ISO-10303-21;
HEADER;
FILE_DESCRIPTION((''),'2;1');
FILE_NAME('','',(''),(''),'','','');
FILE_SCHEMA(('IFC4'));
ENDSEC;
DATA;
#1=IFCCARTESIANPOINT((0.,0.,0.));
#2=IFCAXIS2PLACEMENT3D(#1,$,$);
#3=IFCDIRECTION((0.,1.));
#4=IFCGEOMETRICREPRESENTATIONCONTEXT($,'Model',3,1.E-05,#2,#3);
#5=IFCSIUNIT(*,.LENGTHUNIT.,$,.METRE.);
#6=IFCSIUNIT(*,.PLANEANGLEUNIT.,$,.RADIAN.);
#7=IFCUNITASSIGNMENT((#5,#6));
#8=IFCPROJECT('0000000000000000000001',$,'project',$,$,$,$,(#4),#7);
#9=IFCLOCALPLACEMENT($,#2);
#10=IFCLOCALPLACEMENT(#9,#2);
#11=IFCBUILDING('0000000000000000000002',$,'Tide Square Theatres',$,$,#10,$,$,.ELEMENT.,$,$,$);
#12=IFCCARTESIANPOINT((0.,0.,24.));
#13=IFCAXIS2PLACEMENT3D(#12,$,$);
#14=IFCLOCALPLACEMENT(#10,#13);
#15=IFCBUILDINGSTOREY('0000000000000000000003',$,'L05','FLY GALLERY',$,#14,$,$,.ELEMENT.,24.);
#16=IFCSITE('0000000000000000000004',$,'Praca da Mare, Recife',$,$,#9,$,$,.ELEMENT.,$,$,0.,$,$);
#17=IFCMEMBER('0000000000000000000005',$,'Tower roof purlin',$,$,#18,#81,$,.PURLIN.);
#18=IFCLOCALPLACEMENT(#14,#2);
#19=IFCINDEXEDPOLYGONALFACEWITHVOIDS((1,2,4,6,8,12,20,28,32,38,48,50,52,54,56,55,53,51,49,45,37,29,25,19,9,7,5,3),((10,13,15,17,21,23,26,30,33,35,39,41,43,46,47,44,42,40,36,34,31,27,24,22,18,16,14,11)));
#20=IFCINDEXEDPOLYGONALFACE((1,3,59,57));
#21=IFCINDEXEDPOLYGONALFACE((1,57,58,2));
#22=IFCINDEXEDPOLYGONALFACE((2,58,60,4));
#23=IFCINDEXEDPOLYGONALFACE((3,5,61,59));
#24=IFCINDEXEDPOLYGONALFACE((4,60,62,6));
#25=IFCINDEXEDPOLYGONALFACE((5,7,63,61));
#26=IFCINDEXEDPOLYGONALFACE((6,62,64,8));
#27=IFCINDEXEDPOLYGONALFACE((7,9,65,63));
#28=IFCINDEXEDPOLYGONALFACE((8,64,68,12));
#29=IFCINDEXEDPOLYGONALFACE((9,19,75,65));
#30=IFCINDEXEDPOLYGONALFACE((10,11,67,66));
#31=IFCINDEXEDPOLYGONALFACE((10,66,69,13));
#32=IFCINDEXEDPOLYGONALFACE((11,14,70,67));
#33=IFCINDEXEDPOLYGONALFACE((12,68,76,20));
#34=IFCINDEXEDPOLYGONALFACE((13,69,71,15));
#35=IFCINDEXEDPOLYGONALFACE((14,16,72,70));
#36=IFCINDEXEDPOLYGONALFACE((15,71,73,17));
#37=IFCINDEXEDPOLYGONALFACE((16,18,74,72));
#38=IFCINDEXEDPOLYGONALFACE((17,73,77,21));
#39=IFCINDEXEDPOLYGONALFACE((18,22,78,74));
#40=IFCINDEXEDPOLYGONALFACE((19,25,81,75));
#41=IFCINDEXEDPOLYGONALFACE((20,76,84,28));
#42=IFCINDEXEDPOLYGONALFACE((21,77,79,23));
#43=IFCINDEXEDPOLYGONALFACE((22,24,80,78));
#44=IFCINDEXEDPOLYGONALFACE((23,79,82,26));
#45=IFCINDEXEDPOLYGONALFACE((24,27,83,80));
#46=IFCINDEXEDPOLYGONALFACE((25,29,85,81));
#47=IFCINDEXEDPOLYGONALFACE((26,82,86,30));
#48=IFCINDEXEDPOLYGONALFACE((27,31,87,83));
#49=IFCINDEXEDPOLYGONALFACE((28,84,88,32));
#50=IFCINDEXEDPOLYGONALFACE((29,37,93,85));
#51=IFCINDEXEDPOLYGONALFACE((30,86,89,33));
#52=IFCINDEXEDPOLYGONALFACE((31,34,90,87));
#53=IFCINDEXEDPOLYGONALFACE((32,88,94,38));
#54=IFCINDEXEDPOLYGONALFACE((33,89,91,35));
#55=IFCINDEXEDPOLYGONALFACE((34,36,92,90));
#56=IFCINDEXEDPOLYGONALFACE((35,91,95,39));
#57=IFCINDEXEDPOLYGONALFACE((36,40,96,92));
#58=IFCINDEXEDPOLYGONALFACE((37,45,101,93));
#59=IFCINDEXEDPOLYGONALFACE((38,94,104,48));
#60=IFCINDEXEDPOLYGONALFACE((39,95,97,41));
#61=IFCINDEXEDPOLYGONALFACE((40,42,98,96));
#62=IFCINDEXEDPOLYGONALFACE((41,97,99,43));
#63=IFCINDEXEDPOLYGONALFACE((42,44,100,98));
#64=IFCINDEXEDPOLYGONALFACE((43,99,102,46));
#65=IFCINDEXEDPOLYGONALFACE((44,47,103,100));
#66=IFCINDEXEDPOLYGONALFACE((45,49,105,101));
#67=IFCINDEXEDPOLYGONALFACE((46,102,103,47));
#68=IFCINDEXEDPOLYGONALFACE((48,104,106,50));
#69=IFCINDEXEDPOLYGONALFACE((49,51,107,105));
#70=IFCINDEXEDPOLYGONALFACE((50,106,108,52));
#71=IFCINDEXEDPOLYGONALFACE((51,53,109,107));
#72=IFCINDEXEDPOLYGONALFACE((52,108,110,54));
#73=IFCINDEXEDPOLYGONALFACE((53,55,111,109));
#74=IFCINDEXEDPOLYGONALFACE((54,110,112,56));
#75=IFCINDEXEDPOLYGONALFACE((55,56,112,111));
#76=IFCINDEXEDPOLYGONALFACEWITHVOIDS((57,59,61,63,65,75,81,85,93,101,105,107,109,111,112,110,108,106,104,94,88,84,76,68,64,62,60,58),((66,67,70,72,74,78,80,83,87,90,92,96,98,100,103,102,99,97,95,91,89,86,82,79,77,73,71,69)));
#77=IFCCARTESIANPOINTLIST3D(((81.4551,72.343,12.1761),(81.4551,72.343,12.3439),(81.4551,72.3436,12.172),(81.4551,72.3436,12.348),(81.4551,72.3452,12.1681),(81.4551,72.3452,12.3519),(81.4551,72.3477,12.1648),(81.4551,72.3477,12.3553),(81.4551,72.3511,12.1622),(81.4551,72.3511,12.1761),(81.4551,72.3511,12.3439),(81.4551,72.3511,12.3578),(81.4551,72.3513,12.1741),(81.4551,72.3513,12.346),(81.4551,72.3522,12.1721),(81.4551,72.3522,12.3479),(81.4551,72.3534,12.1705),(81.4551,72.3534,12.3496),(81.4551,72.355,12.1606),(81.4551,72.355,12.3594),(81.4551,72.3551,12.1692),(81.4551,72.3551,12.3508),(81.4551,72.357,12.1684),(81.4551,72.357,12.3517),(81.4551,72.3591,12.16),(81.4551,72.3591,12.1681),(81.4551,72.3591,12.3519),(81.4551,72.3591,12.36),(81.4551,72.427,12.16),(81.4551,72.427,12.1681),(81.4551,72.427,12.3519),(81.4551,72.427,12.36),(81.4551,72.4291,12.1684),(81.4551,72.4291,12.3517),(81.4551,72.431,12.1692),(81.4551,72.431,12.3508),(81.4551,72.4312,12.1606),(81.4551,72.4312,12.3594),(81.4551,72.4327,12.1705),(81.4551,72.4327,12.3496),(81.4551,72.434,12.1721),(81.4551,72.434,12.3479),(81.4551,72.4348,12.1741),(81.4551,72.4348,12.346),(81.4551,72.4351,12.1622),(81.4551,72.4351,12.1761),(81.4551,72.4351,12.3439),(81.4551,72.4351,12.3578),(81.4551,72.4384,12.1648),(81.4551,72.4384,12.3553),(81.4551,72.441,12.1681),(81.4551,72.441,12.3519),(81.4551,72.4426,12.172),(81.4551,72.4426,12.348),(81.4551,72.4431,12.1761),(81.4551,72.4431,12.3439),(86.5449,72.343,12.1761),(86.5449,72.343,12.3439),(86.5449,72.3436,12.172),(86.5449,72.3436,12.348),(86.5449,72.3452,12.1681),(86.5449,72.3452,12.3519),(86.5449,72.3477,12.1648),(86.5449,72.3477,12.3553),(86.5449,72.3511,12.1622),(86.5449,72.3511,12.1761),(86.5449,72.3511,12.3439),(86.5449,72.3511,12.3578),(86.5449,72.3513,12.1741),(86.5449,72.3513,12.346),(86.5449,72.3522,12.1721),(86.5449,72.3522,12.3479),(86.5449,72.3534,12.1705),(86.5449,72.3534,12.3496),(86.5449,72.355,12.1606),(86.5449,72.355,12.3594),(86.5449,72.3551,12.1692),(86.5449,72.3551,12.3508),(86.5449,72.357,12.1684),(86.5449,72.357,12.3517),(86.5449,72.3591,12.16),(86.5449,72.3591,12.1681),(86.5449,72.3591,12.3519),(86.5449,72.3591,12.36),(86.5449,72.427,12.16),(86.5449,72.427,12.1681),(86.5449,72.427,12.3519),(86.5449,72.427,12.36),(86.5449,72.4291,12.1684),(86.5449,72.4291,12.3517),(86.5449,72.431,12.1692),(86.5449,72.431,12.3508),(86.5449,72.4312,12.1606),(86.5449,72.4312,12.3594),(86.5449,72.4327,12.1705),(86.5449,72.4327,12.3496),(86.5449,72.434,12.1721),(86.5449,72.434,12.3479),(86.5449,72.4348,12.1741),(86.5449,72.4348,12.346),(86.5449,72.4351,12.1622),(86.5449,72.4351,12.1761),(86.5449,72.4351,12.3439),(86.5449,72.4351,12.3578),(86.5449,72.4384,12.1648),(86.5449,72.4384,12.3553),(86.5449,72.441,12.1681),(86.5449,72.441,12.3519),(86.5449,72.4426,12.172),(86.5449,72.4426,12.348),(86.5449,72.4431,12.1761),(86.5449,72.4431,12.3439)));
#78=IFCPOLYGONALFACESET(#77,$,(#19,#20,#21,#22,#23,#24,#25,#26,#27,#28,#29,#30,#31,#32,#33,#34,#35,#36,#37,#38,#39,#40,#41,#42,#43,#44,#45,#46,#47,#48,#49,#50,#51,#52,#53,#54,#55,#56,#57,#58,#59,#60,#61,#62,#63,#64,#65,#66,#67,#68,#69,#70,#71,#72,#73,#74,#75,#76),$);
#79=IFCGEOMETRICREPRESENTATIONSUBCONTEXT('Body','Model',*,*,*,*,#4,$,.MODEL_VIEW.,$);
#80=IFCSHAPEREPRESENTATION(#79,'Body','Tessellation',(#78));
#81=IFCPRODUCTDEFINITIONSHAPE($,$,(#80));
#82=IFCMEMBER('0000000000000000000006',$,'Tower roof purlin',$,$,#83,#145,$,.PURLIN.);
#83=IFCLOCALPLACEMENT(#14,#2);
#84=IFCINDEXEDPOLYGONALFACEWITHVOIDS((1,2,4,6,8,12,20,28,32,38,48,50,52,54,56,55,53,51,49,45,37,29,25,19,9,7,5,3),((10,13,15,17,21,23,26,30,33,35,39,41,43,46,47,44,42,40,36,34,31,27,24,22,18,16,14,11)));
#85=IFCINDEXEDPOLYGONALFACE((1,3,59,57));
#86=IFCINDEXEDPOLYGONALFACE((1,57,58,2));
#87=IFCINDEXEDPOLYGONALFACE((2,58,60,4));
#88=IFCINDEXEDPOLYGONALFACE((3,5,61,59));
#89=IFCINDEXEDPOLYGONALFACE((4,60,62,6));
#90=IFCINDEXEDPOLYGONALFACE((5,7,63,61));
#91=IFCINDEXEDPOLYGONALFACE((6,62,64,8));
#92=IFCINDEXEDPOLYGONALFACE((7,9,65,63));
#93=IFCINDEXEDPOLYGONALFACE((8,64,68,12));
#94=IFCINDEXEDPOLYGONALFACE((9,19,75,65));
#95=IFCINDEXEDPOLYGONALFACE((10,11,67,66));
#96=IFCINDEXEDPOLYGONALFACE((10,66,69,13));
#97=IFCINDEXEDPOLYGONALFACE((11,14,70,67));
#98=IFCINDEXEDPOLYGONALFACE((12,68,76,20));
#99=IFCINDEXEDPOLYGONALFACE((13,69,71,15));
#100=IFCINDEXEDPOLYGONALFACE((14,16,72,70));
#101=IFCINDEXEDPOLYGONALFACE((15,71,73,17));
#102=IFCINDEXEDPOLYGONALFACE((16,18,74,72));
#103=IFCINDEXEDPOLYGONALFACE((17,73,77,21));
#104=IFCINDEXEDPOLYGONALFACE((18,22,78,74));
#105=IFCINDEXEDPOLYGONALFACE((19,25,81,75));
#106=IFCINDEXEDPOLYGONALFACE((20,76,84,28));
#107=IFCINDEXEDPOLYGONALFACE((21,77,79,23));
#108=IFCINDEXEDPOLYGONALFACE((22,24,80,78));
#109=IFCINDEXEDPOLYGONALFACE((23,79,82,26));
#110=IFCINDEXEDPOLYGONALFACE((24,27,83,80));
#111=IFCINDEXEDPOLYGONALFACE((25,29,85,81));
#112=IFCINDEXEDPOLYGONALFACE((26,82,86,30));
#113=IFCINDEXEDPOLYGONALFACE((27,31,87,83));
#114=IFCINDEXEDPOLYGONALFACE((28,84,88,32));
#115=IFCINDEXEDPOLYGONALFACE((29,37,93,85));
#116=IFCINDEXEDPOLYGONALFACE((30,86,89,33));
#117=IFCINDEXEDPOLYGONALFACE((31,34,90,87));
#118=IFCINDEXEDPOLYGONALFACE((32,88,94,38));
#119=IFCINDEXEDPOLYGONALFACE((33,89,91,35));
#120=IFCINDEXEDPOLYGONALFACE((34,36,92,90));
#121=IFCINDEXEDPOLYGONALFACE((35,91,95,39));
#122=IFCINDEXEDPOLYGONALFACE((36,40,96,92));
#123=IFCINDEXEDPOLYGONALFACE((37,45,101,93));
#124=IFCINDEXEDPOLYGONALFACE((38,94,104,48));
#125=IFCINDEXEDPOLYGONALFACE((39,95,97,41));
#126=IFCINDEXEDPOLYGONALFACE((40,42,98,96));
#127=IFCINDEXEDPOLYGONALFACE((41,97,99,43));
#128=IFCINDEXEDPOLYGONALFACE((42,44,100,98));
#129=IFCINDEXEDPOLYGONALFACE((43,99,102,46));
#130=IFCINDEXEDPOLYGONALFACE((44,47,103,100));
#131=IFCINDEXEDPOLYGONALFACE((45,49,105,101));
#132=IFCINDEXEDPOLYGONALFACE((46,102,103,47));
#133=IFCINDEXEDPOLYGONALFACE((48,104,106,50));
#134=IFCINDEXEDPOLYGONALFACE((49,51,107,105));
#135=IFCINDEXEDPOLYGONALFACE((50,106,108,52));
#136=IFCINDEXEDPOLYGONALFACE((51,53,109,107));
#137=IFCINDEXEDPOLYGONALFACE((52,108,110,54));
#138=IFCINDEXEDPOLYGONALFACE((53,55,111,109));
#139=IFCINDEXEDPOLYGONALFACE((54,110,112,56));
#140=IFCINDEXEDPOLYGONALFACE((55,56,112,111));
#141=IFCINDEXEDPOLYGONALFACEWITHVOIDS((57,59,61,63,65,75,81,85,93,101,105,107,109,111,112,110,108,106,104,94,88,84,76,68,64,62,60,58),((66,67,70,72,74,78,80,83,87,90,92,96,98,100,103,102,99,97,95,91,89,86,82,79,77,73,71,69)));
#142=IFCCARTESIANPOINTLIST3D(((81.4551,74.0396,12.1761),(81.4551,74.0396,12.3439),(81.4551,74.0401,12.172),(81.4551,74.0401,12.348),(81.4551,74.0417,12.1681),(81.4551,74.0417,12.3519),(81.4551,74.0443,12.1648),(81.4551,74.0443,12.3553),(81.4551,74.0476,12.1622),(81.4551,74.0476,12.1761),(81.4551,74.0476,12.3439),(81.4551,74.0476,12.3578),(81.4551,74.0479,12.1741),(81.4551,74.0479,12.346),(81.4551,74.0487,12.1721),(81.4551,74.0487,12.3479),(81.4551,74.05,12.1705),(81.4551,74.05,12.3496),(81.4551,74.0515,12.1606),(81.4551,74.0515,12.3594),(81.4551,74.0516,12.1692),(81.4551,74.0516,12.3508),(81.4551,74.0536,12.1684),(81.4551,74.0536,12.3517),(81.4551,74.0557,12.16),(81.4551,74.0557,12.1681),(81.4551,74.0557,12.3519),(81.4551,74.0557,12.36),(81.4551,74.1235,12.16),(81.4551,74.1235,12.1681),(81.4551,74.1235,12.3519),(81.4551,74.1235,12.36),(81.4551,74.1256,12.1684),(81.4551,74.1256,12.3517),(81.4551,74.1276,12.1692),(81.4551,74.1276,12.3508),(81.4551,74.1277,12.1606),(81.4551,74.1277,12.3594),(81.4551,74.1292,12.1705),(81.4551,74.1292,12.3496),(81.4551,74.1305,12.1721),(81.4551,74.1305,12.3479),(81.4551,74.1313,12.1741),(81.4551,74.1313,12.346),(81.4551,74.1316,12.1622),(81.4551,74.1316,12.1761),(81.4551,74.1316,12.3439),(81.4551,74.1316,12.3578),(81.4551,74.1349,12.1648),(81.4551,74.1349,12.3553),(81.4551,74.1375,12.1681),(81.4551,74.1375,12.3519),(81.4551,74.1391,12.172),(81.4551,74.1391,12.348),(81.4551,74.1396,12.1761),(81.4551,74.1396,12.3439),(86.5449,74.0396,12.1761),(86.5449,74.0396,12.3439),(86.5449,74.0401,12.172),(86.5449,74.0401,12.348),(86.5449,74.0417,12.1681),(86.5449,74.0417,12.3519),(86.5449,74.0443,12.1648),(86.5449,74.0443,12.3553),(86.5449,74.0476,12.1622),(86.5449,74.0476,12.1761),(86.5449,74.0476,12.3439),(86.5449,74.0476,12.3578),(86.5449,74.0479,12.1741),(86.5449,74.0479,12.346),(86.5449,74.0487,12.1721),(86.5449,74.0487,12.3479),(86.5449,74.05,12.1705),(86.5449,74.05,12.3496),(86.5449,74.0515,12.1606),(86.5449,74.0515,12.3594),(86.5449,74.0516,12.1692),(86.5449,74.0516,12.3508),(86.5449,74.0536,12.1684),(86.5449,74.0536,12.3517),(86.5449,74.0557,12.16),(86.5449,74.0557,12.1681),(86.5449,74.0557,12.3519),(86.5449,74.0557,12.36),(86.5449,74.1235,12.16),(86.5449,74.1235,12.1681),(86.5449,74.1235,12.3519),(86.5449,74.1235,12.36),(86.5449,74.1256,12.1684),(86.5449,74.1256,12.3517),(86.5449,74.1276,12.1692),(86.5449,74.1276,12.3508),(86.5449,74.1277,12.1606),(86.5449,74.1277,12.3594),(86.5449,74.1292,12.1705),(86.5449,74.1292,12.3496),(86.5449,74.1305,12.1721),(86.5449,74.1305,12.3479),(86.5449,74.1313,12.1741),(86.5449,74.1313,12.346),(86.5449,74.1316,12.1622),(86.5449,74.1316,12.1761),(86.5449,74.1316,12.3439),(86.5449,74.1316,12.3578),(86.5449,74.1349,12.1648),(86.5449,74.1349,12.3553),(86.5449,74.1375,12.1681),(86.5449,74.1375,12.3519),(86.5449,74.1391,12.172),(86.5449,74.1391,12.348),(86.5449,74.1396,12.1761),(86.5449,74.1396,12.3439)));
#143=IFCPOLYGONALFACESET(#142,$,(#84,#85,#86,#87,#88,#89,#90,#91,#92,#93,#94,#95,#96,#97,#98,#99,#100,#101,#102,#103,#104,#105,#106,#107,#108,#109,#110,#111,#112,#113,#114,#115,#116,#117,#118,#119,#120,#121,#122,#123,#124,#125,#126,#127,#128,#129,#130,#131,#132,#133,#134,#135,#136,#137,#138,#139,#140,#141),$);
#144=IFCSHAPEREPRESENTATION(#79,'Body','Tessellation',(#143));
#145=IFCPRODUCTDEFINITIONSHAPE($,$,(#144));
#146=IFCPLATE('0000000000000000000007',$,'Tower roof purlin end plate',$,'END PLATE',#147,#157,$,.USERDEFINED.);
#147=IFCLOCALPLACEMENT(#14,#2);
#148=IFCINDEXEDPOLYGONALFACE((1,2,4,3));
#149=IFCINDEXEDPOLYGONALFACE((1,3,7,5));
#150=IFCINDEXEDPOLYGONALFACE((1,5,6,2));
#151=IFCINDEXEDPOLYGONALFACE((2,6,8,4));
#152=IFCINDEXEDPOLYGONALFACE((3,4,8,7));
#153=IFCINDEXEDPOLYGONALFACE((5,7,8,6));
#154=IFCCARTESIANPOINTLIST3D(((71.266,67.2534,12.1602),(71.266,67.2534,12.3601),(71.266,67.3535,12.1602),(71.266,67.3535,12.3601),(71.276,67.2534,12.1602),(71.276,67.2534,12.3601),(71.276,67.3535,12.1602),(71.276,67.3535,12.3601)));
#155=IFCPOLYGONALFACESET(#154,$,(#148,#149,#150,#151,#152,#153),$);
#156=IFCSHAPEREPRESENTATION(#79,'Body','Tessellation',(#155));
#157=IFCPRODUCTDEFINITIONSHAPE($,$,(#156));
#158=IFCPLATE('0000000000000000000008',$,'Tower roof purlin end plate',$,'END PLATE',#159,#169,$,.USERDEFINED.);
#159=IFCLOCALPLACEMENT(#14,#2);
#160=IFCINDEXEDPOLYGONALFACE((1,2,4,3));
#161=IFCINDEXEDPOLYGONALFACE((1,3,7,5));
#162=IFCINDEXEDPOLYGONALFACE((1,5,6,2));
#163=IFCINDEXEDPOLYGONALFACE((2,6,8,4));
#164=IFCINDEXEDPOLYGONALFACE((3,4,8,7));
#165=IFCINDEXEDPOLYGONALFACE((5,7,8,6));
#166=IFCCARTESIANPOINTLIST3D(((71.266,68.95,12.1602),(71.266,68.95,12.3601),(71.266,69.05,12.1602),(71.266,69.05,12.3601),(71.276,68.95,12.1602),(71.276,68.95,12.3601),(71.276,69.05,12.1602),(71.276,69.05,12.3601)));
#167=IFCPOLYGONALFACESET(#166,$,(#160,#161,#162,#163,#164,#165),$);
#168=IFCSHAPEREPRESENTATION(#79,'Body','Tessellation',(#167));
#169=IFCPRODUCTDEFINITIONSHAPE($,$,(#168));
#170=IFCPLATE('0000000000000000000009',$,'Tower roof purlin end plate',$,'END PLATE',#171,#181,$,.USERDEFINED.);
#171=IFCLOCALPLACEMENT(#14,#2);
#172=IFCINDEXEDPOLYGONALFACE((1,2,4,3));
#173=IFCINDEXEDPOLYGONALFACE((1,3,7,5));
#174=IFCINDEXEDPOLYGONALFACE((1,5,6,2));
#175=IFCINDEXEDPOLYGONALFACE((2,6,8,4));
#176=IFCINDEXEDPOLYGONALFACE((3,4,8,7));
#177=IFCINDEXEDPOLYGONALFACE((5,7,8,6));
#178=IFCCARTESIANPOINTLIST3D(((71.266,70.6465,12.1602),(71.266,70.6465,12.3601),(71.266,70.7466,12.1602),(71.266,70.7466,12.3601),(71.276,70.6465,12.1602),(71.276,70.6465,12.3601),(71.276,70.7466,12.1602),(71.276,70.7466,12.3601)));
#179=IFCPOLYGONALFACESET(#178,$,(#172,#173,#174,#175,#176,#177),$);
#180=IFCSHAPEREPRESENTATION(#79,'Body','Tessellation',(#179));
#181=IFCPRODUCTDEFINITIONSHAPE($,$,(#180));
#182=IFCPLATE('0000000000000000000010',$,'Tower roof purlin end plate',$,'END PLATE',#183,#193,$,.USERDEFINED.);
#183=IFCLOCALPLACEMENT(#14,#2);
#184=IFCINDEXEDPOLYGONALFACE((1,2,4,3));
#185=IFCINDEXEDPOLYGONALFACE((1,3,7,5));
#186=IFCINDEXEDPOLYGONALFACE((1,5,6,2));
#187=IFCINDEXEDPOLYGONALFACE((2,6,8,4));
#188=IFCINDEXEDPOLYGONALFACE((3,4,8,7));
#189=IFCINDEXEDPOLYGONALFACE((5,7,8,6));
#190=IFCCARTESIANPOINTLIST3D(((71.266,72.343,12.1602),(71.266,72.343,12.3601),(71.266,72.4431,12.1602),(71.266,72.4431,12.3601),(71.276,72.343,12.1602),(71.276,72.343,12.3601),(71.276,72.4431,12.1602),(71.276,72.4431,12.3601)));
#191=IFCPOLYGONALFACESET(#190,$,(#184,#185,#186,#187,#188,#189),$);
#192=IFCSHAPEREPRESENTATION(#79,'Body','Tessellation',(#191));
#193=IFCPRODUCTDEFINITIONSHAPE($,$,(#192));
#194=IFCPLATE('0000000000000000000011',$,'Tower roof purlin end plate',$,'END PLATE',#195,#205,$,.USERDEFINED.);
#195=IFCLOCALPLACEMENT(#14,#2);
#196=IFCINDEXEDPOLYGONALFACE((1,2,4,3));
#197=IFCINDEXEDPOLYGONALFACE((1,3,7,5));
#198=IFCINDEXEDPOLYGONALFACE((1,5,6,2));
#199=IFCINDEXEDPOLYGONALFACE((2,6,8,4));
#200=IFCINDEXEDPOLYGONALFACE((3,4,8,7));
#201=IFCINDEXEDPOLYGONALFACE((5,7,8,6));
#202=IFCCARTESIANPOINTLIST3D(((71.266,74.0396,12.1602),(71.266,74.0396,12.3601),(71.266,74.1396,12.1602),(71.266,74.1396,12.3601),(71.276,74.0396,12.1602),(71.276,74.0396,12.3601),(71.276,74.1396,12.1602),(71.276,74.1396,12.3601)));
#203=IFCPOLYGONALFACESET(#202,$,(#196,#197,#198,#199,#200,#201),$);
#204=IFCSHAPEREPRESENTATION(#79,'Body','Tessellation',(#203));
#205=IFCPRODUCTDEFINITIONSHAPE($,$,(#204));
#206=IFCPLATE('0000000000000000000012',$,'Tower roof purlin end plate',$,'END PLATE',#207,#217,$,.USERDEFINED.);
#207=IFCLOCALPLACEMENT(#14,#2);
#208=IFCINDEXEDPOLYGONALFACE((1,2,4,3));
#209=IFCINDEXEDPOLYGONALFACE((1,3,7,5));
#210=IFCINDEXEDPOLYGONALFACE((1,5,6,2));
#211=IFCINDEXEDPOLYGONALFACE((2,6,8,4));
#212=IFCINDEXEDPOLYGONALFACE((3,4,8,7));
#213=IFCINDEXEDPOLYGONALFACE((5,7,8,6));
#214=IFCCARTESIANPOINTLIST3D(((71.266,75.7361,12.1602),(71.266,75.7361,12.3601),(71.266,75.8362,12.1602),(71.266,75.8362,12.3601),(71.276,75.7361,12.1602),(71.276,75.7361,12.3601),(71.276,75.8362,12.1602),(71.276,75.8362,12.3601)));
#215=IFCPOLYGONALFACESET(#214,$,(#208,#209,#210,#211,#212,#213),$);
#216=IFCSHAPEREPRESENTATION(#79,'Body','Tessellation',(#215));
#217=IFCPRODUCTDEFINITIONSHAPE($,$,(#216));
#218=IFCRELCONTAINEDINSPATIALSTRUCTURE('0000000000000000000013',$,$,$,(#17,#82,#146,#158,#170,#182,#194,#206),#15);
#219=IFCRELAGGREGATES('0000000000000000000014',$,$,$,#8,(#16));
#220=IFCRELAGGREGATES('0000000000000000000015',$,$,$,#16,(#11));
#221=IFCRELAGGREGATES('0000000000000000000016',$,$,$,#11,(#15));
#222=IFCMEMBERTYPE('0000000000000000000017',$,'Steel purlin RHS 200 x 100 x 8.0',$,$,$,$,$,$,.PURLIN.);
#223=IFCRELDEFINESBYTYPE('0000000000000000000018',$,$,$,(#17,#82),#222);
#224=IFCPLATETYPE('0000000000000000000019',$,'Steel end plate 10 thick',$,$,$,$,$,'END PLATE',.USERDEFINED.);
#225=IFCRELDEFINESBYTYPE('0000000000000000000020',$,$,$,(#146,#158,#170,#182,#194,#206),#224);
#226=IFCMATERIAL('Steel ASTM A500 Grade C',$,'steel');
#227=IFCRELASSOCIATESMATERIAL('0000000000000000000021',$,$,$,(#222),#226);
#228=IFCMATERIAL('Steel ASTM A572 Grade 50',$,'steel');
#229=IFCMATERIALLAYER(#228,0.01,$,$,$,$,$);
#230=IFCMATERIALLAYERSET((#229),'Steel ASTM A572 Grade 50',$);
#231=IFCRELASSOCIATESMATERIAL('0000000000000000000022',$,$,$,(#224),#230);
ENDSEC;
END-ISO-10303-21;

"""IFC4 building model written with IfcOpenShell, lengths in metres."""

from ifc_helpers import new_model, si_unit, direction, frame, origin, origin_2d, place, context, subcontext, project, spatial, rectangle, hollow_rectangle, extrude, material, layer, layer_set, material_profile, profile_set, type_object, element, save


model = new_model("IFC4")

# Units and contexts
model_context = context("Model", 3, precision=1e-05, world=origin(), true_north=direction((0.0, 1.0)))
body_context = subcontext(model_context, "Body", "Model", "MODEL_VIEW")
ifc_project = project(units=[si_unit("LENGTHUNIT", "METRE"), si_unit("PLANEANGLEUNIT", "RADIAN")], contexts=[model_context])

# Site, building, storey
site_placement = place(None, origin())
site = spatial("IfcSite", under=ifc_project, at=site_placement, Name="Praca da Mare, Recife", CompositionType="ELEMENT", RefElevation=0.0)
building_placement = place(site_placement, origin())
building = spatial("IfcBuilding", under=site, at=building_placement, Name="Tide Square Theatres", CompositionType="ELEMENT")
storey_placement = place(building_placement, frame((0.0, 0.0, 24.0)))
storey = spatial("IfcBuildingStorey", under=building, at=storey_placement, Name="L05", Description="FLY GALLERY", CompositionType="ELEMENT", Elevation=24.0)

# Members
ifc_material_1 = material(Name="Steel ASTM A500 Grade C", Category="steel")
ifc_material_profile_1 = material_profile(ifc_material_1, hollow_rectangle(XDim=0.1001, YDim=0.2, WallThickness=0.0081, InnerFilletRadius=0.0081, OuterFilletRadius=0.0161, at=origin_2d()))
ifc_profile_set_1 = profile_set([ifc_material_profile_1], Name="Steel ASTM A500 Grade C")
member_type = type_object("IfcMemberType", Name="Steel purlin RHS 200 x 100 x 8.0", PredefinedType="PURLIN", material=ifc_profile_set_1)
for number, where, z_axis, x_axis, name in (
    (1, (81.4551, 72.3931, 12.26), (1.0, 0.0, 0.0), (0.0, 1.0, 0.0), "Tower roof purlin"),
    (2, (81.4551, 74.0896, 12.26), (1.0, 0.0, 0.0), (0.0, 1.0, 0.0), "Tower roof purlin"),
):
    element("IfcMember", number, at=place(storey_placement, frame(where, z_axis=z_axis, x_axis=x_axis)), inside=storey, type_object=member_type, Name=name, PredefinedType="PURLIN", context=body_context, shape_type="SweptSolid", body=[
        extrude(hollow_rectangle(XDim=0.1001, YDim=0.2, WallThickness=0.0081, InnerFilletRadius=0.0081, OuterFilletRadius=0.0161, at=origin_2d()), origin(), (0.0, 0.0, 1.0), 5.0898),
    ])

# Plates
ifc_material_2 = material(Name="Steel ASTM A572 Grade 50", Category="steel")
ifc_layer = layer(ifc_material_2, 0.01)
ifc_layer_set = layer_set([ifc_layer], Name="Steel ASTM A572 Grade 50")
plate_type = type_object("IfcPlateType", Name="Steel end plate 10 thick", ElementType="END PLATE", PredefinedType="USERDEFINED", material=ifc_layer_set)
for number, where, z_axis, x_axis, name in (
    (3, (71.271, 67.3035, 12.1602), (0.0, 0.0, 1.0), (-1.0, 0.0, 0.0), "Tower roof purlin end plate"),
    (4, (71.271, 69.0, 12.1602), (0.0, 0.0, 1.0), (-1.0, 0.0, 0.0), "Tower roof purlin end plate"),
    (5, (71.271, 70.6965, 12.1602), (0.0, 0.0, 1.0), (-1.0, 0.0, 0.0), "Tower roof purlin end plate"),
    (6, (71.271, 72.3931, 12.1602), (0.0, 0.0, 1.0), (-1.0, 0.0, 0.0), "Tower roof purlin end plate"),
    (7, (71.271, 74.0896, 12.1602), (0.0, 0.0, 1.0), (-1.0, 0.0, 0.0), "Tower roof purlin end plate"),
    (8, (71.271, 75.7861, 12.1602), (0.0, 0.0, 1.0), (-1.0, 0.0, 0.0), "Tower roof purlin end plate"),
):
    element("IfcPlate", number, at=place(storey_placement, frame(where, z_axis=z_axis, x_axis=x_axis)), inside=storey, type_object=plate_type, Name=name, ObjectType="END PLATE", PredefinedType="USERDEFINED", context=body_context, shape_type="SweptSolid", body=[
        extrude(rectangle(XDim=0.01, YDim=0.1001, at=origin_2d()), origin(), (0.0, 0.0, 1.0), 0.2),
    ])

save(model, "model.ifc")
